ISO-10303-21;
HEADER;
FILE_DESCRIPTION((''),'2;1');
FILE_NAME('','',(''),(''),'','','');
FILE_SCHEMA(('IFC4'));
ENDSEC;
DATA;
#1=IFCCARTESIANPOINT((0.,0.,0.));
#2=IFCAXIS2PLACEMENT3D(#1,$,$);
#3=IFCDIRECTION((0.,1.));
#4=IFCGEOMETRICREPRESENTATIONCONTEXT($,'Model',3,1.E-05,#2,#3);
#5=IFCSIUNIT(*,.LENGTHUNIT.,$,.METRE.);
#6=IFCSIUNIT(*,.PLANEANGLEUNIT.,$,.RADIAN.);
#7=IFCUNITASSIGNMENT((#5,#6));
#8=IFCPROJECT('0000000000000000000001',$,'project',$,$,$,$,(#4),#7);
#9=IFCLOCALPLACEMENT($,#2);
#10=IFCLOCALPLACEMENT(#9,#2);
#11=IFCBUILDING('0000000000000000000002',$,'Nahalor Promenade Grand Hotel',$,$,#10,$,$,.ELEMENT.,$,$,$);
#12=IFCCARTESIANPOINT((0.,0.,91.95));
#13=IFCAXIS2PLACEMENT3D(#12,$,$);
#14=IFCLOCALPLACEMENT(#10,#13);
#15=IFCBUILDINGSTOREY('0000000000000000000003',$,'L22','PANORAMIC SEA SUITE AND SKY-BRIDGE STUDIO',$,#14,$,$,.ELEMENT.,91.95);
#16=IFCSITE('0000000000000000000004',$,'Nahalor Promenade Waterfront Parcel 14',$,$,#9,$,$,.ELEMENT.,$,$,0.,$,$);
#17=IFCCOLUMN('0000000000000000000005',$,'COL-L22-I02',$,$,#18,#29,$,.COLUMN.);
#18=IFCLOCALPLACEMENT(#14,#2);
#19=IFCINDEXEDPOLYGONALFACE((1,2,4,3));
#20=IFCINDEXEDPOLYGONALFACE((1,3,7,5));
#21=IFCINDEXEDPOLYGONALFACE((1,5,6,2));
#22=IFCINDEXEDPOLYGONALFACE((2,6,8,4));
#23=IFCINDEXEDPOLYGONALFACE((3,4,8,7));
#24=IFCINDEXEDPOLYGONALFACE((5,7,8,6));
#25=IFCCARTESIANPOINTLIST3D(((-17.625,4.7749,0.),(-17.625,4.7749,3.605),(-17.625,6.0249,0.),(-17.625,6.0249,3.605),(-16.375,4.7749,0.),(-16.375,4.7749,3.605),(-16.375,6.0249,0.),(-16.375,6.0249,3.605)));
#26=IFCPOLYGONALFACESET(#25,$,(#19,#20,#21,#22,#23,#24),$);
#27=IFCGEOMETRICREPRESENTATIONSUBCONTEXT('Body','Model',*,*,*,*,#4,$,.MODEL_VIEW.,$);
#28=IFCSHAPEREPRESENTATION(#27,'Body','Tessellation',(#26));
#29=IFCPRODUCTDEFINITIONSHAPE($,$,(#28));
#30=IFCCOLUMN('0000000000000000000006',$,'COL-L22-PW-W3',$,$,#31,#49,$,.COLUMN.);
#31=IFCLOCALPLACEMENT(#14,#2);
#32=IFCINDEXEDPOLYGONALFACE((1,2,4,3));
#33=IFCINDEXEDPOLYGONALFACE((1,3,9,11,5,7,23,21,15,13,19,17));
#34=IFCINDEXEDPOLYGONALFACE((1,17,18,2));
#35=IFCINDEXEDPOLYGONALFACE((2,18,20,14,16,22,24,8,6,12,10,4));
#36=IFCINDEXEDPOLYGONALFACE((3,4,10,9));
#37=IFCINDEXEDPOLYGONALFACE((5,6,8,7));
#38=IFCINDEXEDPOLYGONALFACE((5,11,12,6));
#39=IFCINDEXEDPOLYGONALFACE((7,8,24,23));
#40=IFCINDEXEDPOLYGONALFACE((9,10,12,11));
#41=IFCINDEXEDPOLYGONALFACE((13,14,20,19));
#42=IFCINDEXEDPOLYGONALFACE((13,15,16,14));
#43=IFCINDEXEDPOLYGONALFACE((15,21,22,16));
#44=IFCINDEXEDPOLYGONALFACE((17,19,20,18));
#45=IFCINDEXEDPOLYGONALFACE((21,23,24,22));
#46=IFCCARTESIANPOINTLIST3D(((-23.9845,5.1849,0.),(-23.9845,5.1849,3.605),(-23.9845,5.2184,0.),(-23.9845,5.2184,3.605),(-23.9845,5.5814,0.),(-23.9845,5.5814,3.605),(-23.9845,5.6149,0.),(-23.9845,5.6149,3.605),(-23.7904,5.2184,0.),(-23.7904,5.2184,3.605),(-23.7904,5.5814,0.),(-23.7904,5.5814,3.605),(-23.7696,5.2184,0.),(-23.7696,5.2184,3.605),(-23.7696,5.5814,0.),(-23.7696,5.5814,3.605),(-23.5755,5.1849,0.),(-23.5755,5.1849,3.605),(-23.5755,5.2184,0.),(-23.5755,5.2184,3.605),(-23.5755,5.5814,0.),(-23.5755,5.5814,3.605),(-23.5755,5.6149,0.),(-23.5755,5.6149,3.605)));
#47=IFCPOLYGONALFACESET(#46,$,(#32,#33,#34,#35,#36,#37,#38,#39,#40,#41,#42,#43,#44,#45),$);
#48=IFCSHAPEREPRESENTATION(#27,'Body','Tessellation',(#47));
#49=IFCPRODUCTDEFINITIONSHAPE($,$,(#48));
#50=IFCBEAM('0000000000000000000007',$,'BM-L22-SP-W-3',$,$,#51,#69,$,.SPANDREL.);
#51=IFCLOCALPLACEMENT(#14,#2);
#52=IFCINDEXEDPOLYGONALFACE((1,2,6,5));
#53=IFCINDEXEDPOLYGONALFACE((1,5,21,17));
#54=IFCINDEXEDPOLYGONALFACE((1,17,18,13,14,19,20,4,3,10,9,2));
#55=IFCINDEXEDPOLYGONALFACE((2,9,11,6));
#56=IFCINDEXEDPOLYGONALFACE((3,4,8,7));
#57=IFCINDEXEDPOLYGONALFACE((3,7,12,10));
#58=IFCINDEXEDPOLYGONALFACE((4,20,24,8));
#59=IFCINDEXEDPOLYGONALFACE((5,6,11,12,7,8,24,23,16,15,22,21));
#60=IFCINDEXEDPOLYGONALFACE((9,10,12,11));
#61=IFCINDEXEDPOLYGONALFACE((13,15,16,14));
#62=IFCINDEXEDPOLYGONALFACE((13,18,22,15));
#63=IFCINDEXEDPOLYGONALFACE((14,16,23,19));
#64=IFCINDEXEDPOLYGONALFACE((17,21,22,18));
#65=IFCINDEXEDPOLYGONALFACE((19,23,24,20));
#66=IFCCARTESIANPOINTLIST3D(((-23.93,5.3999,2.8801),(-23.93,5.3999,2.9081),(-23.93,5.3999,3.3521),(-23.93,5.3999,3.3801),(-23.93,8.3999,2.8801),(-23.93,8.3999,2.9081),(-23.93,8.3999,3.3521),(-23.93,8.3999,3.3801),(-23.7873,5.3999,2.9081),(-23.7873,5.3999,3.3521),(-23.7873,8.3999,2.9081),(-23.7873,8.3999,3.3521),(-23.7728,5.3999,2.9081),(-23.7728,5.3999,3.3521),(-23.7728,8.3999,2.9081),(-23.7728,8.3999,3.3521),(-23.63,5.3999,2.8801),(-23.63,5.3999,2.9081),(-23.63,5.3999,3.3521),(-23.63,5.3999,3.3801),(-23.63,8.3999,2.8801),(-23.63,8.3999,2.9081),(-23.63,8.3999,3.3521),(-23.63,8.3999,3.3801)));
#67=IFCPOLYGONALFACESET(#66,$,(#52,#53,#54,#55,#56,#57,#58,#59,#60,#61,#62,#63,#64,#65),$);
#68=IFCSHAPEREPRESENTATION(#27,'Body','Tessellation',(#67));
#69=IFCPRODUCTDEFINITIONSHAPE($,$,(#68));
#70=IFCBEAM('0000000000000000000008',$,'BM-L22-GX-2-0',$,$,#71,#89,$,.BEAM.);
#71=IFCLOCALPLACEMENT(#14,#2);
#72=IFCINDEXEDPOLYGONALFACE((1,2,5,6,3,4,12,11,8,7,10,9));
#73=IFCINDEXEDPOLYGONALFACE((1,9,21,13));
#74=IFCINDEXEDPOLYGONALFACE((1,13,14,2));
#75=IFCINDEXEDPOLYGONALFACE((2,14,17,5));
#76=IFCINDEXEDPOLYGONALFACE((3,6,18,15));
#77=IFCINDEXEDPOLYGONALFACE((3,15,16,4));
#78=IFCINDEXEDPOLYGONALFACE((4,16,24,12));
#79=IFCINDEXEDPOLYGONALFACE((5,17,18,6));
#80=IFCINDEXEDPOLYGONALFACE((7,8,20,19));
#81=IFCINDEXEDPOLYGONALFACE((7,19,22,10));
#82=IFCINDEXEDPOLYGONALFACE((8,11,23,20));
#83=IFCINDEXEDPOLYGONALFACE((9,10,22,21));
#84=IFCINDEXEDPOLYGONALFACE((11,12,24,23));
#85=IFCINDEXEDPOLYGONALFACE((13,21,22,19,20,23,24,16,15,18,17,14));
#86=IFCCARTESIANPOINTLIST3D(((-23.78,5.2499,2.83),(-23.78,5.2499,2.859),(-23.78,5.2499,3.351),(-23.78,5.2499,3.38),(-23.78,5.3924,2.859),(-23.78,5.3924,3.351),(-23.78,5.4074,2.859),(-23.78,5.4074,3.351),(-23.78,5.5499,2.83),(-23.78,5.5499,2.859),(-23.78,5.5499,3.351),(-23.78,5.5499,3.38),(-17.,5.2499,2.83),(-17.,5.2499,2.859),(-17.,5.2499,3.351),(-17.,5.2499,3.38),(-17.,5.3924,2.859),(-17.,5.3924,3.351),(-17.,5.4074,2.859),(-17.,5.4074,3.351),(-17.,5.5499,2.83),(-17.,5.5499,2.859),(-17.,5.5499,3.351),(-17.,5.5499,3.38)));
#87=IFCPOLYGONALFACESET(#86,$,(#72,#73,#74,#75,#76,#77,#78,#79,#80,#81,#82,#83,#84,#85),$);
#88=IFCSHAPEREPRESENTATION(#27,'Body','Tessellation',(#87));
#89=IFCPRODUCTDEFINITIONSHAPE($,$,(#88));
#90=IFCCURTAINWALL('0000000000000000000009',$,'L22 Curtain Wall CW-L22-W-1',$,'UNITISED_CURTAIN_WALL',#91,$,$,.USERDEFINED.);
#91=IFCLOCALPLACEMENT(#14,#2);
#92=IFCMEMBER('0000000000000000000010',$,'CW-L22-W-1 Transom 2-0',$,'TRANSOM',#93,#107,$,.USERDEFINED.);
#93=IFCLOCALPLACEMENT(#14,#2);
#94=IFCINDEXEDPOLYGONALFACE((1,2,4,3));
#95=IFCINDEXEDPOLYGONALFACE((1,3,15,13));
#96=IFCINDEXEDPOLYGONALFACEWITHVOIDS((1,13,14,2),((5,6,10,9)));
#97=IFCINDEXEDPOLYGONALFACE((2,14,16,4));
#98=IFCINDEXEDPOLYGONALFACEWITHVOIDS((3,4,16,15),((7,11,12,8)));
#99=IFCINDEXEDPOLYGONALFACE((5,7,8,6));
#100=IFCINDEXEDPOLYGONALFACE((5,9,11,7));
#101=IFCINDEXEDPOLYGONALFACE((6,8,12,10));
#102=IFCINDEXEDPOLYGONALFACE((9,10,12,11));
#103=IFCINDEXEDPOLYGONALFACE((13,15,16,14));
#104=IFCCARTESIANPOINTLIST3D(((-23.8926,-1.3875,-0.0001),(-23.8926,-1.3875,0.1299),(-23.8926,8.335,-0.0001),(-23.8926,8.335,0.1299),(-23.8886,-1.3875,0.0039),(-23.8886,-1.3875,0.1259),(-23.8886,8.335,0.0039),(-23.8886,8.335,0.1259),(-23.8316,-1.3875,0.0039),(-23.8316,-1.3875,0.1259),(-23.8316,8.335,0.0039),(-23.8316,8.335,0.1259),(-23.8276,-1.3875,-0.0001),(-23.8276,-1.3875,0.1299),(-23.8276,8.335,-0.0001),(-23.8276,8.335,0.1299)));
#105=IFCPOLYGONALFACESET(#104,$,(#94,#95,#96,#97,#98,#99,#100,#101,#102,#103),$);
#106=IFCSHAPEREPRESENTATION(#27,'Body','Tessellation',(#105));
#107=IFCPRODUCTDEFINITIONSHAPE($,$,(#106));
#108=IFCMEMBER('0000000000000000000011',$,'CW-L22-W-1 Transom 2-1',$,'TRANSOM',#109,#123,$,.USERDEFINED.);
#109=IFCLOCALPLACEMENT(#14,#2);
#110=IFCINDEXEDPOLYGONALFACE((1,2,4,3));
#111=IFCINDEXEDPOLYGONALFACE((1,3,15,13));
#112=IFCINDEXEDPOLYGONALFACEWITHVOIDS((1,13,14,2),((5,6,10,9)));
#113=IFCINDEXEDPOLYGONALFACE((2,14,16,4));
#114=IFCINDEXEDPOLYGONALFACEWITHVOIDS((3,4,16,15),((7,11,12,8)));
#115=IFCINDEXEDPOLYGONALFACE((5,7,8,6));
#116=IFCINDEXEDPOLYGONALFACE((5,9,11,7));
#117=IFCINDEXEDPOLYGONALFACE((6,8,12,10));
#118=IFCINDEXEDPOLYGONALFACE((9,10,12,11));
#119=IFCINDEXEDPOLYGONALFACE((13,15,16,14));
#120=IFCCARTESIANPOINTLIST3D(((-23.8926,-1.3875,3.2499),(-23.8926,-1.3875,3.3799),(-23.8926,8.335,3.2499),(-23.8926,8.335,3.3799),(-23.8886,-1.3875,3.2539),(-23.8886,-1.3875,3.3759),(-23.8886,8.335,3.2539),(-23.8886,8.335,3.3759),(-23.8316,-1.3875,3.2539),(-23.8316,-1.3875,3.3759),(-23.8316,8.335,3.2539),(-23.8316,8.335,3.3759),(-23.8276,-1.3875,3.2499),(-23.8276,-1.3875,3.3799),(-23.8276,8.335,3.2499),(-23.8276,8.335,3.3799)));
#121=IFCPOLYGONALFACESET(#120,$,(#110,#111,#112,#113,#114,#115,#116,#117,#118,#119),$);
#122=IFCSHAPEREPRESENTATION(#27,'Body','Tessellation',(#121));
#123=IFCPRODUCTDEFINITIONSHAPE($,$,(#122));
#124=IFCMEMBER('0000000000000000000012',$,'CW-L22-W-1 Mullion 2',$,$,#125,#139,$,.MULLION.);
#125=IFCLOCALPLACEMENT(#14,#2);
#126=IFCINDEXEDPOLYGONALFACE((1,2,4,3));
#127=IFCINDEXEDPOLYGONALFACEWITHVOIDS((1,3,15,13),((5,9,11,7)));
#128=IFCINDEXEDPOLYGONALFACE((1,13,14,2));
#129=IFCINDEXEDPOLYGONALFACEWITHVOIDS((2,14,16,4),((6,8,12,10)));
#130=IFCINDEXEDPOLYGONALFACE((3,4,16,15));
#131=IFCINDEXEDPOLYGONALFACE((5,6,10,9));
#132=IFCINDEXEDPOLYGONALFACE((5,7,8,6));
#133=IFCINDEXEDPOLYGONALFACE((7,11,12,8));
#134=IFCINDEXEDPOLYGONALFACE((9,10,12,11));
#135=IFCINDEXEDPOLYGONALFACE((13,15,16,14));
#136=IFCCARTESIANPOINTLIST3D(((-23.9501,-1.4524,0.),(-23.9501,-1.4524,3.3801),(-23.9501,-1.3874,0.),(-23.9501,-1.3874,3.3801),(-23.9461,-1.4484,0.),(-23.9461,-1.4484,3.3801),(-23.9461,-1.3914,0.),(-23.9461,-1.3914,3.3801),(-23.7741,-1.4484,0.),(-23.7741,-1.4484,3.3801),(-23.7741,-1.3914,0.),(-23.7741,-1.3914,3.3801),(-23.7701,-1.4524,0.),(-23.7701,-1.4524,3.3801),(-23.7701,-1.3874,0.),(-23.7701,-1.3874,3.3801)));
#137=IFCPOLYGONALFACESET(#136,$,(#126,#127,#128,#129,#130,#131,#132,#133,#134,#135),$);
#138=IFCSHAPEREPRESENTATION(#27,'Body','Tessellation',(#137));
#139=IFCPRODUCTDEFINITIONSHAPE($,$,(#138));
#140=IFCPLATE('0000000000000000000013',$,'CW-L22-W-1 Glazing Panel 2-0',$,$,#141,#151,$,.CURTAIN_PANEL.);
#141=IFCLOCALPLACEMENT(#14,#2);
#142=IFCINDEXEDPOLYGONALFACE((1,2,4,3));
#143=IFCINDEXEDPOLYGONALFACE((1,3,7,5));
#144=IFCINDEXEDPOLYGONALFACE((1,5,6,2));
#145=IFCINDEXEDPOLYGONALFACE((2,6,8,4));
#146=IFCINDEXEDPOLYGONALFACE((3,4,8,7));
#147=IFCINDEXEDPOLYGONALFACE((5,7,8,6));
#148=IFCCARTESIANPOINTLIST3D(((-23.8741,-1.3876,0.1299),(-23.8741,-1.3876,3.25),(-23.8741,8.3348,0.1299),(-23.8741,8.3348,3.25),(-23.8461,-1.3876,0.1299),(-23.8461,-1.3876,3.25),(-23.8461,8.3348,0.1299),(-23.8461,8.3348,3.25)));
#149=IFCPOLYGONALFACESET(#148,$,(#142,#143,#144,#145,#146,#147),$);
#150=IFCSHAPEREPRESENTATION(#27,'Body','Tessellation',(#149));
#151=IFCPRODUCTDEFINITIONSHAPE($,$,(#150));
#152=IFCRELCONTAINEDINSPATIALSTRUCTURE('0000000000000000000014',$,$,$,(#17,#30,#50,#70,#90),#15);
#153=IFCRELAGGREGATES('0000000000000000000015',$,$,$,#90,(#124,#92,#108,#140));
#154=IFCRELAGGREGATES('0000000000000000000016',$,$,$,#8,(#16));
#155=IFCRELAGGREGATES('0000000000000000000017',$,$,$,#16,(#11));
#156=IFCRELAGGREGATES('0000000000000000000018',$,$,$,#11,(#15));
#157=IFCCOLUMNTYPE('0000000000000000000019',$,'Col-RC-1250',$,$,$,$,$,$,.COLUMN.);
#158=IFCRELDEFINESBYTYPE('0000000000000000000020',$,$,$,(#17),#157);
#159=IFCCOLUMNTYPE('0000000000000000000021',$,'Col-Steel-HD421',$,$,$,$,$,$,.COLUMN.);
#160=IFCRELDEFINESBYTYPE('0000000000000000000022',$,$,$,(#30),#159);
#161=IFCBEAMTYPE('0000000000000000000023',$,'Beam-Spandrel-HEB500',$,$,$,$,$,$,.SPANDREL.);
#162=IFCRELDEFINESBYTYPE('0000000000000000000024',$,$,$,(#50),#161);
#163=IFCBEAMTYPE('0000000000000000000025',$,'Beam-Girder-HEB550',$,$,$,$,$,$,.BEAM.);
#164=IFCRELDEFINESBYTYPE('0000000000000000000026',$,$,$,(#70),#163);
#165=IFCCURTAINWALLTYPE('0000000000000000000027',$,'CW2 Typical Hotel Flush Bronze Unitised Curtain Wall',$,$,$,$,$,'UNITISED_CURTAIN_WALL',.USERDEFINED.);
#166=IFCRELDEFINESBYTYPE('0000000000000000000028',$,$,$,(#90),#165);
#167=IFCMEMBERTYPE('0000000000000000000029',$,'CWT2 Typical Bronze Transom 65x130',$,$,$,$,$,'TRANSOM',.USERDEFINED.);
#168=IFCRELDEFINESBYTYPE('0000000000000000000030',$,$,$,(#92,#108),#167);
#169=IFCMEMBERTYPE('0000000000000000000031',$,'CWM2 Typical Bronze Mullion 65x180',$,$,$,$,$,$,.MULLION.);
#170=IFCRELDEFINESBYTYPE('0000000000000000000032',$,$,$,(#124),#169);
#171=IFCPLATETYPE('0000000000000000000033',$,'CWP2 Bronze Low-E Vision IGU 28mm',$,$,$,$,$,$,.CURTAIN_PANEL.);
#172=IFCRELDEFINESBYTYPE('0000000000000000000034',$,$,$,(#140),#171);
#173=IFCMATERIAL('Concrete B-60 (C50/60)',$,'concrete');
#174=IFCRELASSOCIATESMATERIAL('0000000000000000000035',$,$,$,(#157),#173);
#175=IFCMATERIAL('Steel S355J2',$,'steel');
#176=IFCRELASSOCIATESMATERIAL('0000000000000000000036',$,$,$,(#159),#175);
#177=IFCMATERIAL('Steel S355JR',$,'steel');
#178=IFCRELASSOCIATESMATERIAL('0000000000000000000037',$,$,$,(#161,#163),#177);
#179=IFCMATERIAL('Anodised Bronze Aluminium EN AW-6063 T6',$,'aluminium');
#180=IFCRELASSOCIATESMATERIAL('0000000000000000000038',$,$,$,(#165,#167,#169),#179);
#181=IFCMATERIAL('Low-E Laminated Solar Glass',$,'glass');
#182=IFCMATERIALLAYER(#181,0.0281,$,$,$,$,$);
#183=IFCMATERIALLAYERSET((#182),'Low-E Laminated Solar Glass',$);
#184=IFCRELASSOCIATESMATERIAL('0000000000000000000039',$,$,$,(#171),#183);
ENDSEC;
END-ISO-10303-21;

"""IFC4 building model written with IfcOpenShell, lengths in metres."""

from ifc_helpers import new_model, si_unit, direction, frame, origin, origin_2d, place, context, subcontext, project, spatial, rectangle, hollow_rectangle, i_section, extrude, source, transform, mapped, material, layer, layer_set, material_profile, profile_set, type_object, element, aggregate, save


model = new_model("IFC4")

# Units and contexts
model_context = context("Model", 3, precision=1e-05, world=origin(), true_north=direction((0.0, 1.0)))
body_context = subcontext(model_context, "Body", "Model", "MODEL_VIEW")
ifc_project = project(units=[si_unit("LENGTHUNIT", "METRE"), si_unit("PLANEANGLEUNIT", "RADIAN")], contexts=[model_context])

# Site, building, storey
site_placement = place(None, origin())
site = spatial("IfcSite", under=ifc_project, at=site_placement, Name="Nahalor Promenade Waterfront Parcel 14", CompositionType="ELEMENT", RefElevation=0.0)
building_placement = place(site_placement, origin())
building = spatial("IfcBuilding", under=site, at=building_placement, Name="Nahalor Promenade Grand Hotel", CompositionType="ELEMENT")
storey_placement = place(building_placement, frame((0.0, 0.0, 91.95)))
storey = spatial("IfcBuildingStorey", under=building, at=storey_placement, Name="L22", Description="PANORAMIC SEA SUITE AND SKY-BRIDGE STUDIO", CompositionType="ELEMENT", Elevation=91.95)

# Columns
ifc_material_1 = material(Name="Concrete B-60 (C50/60)", Category="concrete")
ifc_material_profile_1 = material_profile(ifc_material_1, rectangle(XDim=1.25, YDim=1.25, at=origin_2d()), Name="RC 1250x1250")
ifc_profile_set_1 = profile_set([ifc_material_profile_1], Name="Concrete B-60 (C50/60)")
column_type_1 = type_object("IfcColumnType", Name="Col-RC-1250", PredefinedType="COLUMN", material=ifc_profile_set_1)
shared_shape_1 = source(origin(), body_context, "Body", "SweptSolid", [
    extrude(rectangle(XDim=1.25, YDim=1.25, at=origin_2d()), origin(), (0.0, 0.0, 1.0), 3.605),
])
column_1_placement = place(storey_placement, frame((-17.0, 5.3999, 0.0), z_axis=(0.0, 0.0, 1.0), x_axis=(1.0, 0.0, 0.0)))
element("IfcColumn", 1, at=column_1_placement, inside=storey, type_object=column_type_1, Name="COL-L22-I02", PredefinedType="COLUMN", context=body_context, shape_type="MappedRepresentation", body=[
    mapped(shared_shape_1, transform((0.0, 0.0, 0.0), scale=1.0)),
])
ifc_material_2 = material(Name="Steel S355J2", Category="steel")
ifc_material_profile_2 = material_profile(ifc_material_2, i_section(OverallWidth=0.409, OverallDepth=0.43, WebThickness=0.0208, FlangeThickness=0.0335, at=origin_2d()), Name="HD 400x421")
ifc_profile_set_2 = profile_set([ifc_material_profile_2], Name="Steel S355J2")
column_type_2 = type_object("IfcColumnType", Name="Col-Steel-HD421", PredefinedType="COLUMN", material=ifc_profile_set_2)
shared_shape_2 = source(origin(), body_context, "Body", "SweptSolid", [
    extrude(i_section(OverallWidth=0.409, OverallDepth=0.43, WebThickness=0.0208, FlangeThickness=0.0335, at=origin_2d()), origin(), (0.0, 0.0, 1.0), 3.605),
])
column_2_placement = place(storey_placement, frame((-23.78, 5.3999, 0.0), z_axis=(0.0, 0.0, 1.0), x_axis=(1.0, 0.0, 0.0)))
element("IfcColumn", 2, at=column_2_placement, inside=storey, type_object=column_type_2, Name="COL-L22-PW-W3", PredefinedType="COLUMN", context=body_context, shape_type="MappedRepresentation", body=[
    mapped(shared_shape_2, transform((0.0, 0.0, 0.0), scale=1.0)),
])

# Beams
ifc_material_3 = material(Name="Steel S355JR", Category="steel")
ifc_material_profile_3 = material_profile(ifc_material_3, i_section(OverallWidth=0.3, OverallDepth=0.5, WebThickness=0.0145, FlangeThickness=0.028, at=origin_2d()), Name="HEB 500")
ifc_profile_set_3 = profile_set([ifc_material_profile_3], Name="Steel S355JR")
beam_type_1 = type_object("IfcBeamType", Name="Beam-Spandrel-HEB500", PredefinedType="SPANDREL", material=ifc_profile_set_3)
shared_shape_3 = source(origin(), body_context, "Body", "SweptSolid", [
    extrude(i_section(OverallWidth=0.3, OverallDepth=0.5, WebThickness=0.0145, FlangeThickness=0.028, at=origin_2d()), origin(), (0.0, 0.0, 1.0), 3.0),
])
beam_1_placement = place(storey_placement, frame((-23.78, 5.3999, 3.1301), z_axis=(0.0, 1.0, 0.0), x_axis=(-1.0, 0.0, 0.0)))
element("IfcBeam", 3, at=beam_1_placement, inside=storey, type_object=beam_type_1, Name="BM-L22-SP-W-3", PredefinedType="SPANDREL", context=body_context, shape_type="MappedRepresentation", body=[
    mapped(shared_shape_3, transform((0.0, 0.0, 0.0), scale=1.0)),
])
ifc_material_profile_4 = material_profile(ifc_material_3, i_section(OverallWidth=0.3, OverallDepth=0.55, WebThickness=0.015, FlangeThickness=0.029, at=origin_2d()), Name="HEB 550")
ifc_profile_set_4 = profile_set([ifc_material_profile_4], Name="Steel S355JR")
beam_type_2 = type_object("IfcBeamType", Name="Beam-Girder-HEB550", PredefinedType="BEAM", material=ifc_profile_set_4)
shared_shape_4 = source(origin(), body_context, "Body", "SweptSolid", [
    extrude(i_section(OverallWidth=0.3, OverallDepth=0.55, WebThickness=0.015, FlangeThickness=0.029, at=origin_2d()), origin(), (0.0, 0.0, 1.0), 6.78),
])
beam_2_placement = place(storey_placement, frame((-23.78, 5.3999, 3.105), z_axis=(1.0, 0.0, 0.0), x_axis=(0.0, 1.0, 0.0)))
element("IfcBeam", 4, at=beam_2_placement, inside=storey, type_object=beam_type_2, Name="BM-L22-GX-2-0", PredefinedType="BEAM", context=body_context, shape_type="MappedRepresentation", body=[
    mapped(shared_shape_4, transform((0.0, 0.0, 0.0), scale=1.0)),
])

# Curtain wall, members, plate
ifc_material_4 = material(Name="Anodised Bronze Aluminium EN AW-6063 T6", Category="aluminium")
curtain_wall_type = type_object("IfcCurtainWallType", Name="CW2 Typical Hotel Flush Bronze Unitised Curtain Wall", ElementType="UNITISED_CURTAIN_WALL", PredefinedType="USERDEFINED", material=ifc_material_4)
curtain_wall_placement = place(storey_placement, origin())
curtain_wall = element("IfcCurtainWall", 5, at=curtain_wall_placement, inside=storey, type_object=curtain_wall_type, Name="L22 Curtain Wall CW-L22-W-1", ObjectType="UNITISED_CURTAIN_WALL", PredefinedType="USERDEFINED")
ifc_material_profile_5 = material_profile(ifc_material_4, hollow_rectangle(XDim=0.065, YDim=0.13, WallThickness=0.004, at=origin_2d()), Name="CWT 65x130x4")
ifc_profile_set_5 = profile_set([ifc_material_profile_5], Name="Anodised Bronze Aluminium EN AW-6063 T6")
member_type_1 = type_object("IfcMemberType", Name="CWT2 Typical Bronze Transom 65x130", ElementType="TRANSOM", PredefinedType="USERDEFINED", material=ifc_profile_set_5)
shared_shape_5 = source(origin(), body_context, "Body", "SweptSolid", [
    extrude(hollow_rectangle(XDim=0.065, YDim=0.13, WallThickness=0.004, at=origin_2d()), origin(), (0.0, 0.0, 1.0), 9.7224),
])
member_1_placement = place(storey_placement, frame((-23.8601, -1.3875, 0.0649), z_axis=(0.0, 1.0, 0.0), x_axis=(-1.0, 0.0, 0.0)))
member_1 = element("IfcMember", 6, at=member_1_placement, type_object=member_type_1, Name="CW-L22-W-1 Transom 2-0", ObjectType="TRANSOM", PredefinedType="USERDEFINED", context=body_context, shape_type="MappedRepresentation", body=[
    mapped(shared_shape_5, transform((0.0, 0.0, 0.0), scale=1.0)),
])
member_2_placement = place(storey_placement, frame((-23.8601, -1.3875, 3.3149), z_axis=(0.0, 1.0, 0.0), x_axis=(-1.0, 0.0, 0.0)))
member_2 = element("IfcMember", 7, at=member_2_placement, type_object=member_type_1, Name="CW-L22-W-1 Transom 2-1", ObjectType="TRANSOM", PredefinedType="USERDEFINED", context=body_context, shape_type="MappedRepresentation", body=[
    mapped(shared_shape_5, transform((0.0, 0.0, 0.0), scale=1.0)),
])
ifc_material_profile_6 = material_profile(ifc_material_4, hollow_rectangle(XDim=0.065, YDim=0.18, WallThickness=0.004, at=origin_2d()), Name="CWM 65x180x4")
ifc_profile_set_6 = profile_set([ifc_material_profile_6], Name="Anodised Bronze Aluminium EN AW-6063 T6")
member_type_2 = type_object("IfcMemberType", Name="CWM2 Typical Bronze Mullion 65x180", PredefinedType="MULLION", material=ifc_profile_set_6)
shared_shape_6 = source(origin(), body_context, "Body", "SweptSolid", [
    extrude(hollow_rectangle(XDim=0.065, YDim=0.18, WallThickness=0.004, at=origin_2d()), origin(), (0.0, 0.0, 1.0), 3.3801),
])
member_3_placement = place(storey_placement, frame((-23.8601, -1.4199, 0.0), z_axis=(0.0, 0.0, 1.0), x_axis=(0.0, 1.0, 0.0)))
member_3 = element("IfcMember", 8, at=member_3_placement, type_object=member_type_2, Name="CW-L22-W-1 Mullion 2", PredefinedType="MULLION", context=body_context, shape_type="MappedRepresentation", body=[
    mapped(shared_shape_6, transform((0.0, 0.0, 0.0), scale=1.0)),
])
ifc_material_5 = material(Name="Low-E Laminated Solar Glass", Category="glass")
ifc_layer_1 = layer(ifc_material_5, 0.0281)
ifc_layer_set_1 = layer_set([ifc_layer_1], Name="Low-E Laminated Solar Glass")
plate_type = type_object("IfcPlateType", Name="CWP2 Bronze Low-E Vision IGU 28mm", PredefinedType="CURTAIN_PANEL", material=ifc_layer_set_1)
shared_shape_7 = source(origin(), body_context, "Body", "SweptSolid", [
    extrude(rectangle(XDim=9.7224, YDim=0.0281, at=origin_2d()), origin(), (0.0, 0.0, 1.0), 3.1201),
])
plate_placement = place(storey_placement, frame((-23.8601, 3.4736, 0.1299), z_axis=(0.0, 0.0, 1.0), x_axis=(0.0, 1.0, 0.0)))
plate = element("IfcPlate", 9, at=plate_placement, type_object=plate_type, Name="CW-L22-W-1 Glazing Panel 2-0", PredefinedType="CURTAIN_PANEL", context=body_context, shape_type="MappedRepresentation", body=[
    mapped(shared_shape_7, transform((0.0, 0.0, 0.0), scale=1.0)),
])
aggregate(curtain_wall, [member_3, member_1, member_2, plate])

save(model, "model.ifc")
